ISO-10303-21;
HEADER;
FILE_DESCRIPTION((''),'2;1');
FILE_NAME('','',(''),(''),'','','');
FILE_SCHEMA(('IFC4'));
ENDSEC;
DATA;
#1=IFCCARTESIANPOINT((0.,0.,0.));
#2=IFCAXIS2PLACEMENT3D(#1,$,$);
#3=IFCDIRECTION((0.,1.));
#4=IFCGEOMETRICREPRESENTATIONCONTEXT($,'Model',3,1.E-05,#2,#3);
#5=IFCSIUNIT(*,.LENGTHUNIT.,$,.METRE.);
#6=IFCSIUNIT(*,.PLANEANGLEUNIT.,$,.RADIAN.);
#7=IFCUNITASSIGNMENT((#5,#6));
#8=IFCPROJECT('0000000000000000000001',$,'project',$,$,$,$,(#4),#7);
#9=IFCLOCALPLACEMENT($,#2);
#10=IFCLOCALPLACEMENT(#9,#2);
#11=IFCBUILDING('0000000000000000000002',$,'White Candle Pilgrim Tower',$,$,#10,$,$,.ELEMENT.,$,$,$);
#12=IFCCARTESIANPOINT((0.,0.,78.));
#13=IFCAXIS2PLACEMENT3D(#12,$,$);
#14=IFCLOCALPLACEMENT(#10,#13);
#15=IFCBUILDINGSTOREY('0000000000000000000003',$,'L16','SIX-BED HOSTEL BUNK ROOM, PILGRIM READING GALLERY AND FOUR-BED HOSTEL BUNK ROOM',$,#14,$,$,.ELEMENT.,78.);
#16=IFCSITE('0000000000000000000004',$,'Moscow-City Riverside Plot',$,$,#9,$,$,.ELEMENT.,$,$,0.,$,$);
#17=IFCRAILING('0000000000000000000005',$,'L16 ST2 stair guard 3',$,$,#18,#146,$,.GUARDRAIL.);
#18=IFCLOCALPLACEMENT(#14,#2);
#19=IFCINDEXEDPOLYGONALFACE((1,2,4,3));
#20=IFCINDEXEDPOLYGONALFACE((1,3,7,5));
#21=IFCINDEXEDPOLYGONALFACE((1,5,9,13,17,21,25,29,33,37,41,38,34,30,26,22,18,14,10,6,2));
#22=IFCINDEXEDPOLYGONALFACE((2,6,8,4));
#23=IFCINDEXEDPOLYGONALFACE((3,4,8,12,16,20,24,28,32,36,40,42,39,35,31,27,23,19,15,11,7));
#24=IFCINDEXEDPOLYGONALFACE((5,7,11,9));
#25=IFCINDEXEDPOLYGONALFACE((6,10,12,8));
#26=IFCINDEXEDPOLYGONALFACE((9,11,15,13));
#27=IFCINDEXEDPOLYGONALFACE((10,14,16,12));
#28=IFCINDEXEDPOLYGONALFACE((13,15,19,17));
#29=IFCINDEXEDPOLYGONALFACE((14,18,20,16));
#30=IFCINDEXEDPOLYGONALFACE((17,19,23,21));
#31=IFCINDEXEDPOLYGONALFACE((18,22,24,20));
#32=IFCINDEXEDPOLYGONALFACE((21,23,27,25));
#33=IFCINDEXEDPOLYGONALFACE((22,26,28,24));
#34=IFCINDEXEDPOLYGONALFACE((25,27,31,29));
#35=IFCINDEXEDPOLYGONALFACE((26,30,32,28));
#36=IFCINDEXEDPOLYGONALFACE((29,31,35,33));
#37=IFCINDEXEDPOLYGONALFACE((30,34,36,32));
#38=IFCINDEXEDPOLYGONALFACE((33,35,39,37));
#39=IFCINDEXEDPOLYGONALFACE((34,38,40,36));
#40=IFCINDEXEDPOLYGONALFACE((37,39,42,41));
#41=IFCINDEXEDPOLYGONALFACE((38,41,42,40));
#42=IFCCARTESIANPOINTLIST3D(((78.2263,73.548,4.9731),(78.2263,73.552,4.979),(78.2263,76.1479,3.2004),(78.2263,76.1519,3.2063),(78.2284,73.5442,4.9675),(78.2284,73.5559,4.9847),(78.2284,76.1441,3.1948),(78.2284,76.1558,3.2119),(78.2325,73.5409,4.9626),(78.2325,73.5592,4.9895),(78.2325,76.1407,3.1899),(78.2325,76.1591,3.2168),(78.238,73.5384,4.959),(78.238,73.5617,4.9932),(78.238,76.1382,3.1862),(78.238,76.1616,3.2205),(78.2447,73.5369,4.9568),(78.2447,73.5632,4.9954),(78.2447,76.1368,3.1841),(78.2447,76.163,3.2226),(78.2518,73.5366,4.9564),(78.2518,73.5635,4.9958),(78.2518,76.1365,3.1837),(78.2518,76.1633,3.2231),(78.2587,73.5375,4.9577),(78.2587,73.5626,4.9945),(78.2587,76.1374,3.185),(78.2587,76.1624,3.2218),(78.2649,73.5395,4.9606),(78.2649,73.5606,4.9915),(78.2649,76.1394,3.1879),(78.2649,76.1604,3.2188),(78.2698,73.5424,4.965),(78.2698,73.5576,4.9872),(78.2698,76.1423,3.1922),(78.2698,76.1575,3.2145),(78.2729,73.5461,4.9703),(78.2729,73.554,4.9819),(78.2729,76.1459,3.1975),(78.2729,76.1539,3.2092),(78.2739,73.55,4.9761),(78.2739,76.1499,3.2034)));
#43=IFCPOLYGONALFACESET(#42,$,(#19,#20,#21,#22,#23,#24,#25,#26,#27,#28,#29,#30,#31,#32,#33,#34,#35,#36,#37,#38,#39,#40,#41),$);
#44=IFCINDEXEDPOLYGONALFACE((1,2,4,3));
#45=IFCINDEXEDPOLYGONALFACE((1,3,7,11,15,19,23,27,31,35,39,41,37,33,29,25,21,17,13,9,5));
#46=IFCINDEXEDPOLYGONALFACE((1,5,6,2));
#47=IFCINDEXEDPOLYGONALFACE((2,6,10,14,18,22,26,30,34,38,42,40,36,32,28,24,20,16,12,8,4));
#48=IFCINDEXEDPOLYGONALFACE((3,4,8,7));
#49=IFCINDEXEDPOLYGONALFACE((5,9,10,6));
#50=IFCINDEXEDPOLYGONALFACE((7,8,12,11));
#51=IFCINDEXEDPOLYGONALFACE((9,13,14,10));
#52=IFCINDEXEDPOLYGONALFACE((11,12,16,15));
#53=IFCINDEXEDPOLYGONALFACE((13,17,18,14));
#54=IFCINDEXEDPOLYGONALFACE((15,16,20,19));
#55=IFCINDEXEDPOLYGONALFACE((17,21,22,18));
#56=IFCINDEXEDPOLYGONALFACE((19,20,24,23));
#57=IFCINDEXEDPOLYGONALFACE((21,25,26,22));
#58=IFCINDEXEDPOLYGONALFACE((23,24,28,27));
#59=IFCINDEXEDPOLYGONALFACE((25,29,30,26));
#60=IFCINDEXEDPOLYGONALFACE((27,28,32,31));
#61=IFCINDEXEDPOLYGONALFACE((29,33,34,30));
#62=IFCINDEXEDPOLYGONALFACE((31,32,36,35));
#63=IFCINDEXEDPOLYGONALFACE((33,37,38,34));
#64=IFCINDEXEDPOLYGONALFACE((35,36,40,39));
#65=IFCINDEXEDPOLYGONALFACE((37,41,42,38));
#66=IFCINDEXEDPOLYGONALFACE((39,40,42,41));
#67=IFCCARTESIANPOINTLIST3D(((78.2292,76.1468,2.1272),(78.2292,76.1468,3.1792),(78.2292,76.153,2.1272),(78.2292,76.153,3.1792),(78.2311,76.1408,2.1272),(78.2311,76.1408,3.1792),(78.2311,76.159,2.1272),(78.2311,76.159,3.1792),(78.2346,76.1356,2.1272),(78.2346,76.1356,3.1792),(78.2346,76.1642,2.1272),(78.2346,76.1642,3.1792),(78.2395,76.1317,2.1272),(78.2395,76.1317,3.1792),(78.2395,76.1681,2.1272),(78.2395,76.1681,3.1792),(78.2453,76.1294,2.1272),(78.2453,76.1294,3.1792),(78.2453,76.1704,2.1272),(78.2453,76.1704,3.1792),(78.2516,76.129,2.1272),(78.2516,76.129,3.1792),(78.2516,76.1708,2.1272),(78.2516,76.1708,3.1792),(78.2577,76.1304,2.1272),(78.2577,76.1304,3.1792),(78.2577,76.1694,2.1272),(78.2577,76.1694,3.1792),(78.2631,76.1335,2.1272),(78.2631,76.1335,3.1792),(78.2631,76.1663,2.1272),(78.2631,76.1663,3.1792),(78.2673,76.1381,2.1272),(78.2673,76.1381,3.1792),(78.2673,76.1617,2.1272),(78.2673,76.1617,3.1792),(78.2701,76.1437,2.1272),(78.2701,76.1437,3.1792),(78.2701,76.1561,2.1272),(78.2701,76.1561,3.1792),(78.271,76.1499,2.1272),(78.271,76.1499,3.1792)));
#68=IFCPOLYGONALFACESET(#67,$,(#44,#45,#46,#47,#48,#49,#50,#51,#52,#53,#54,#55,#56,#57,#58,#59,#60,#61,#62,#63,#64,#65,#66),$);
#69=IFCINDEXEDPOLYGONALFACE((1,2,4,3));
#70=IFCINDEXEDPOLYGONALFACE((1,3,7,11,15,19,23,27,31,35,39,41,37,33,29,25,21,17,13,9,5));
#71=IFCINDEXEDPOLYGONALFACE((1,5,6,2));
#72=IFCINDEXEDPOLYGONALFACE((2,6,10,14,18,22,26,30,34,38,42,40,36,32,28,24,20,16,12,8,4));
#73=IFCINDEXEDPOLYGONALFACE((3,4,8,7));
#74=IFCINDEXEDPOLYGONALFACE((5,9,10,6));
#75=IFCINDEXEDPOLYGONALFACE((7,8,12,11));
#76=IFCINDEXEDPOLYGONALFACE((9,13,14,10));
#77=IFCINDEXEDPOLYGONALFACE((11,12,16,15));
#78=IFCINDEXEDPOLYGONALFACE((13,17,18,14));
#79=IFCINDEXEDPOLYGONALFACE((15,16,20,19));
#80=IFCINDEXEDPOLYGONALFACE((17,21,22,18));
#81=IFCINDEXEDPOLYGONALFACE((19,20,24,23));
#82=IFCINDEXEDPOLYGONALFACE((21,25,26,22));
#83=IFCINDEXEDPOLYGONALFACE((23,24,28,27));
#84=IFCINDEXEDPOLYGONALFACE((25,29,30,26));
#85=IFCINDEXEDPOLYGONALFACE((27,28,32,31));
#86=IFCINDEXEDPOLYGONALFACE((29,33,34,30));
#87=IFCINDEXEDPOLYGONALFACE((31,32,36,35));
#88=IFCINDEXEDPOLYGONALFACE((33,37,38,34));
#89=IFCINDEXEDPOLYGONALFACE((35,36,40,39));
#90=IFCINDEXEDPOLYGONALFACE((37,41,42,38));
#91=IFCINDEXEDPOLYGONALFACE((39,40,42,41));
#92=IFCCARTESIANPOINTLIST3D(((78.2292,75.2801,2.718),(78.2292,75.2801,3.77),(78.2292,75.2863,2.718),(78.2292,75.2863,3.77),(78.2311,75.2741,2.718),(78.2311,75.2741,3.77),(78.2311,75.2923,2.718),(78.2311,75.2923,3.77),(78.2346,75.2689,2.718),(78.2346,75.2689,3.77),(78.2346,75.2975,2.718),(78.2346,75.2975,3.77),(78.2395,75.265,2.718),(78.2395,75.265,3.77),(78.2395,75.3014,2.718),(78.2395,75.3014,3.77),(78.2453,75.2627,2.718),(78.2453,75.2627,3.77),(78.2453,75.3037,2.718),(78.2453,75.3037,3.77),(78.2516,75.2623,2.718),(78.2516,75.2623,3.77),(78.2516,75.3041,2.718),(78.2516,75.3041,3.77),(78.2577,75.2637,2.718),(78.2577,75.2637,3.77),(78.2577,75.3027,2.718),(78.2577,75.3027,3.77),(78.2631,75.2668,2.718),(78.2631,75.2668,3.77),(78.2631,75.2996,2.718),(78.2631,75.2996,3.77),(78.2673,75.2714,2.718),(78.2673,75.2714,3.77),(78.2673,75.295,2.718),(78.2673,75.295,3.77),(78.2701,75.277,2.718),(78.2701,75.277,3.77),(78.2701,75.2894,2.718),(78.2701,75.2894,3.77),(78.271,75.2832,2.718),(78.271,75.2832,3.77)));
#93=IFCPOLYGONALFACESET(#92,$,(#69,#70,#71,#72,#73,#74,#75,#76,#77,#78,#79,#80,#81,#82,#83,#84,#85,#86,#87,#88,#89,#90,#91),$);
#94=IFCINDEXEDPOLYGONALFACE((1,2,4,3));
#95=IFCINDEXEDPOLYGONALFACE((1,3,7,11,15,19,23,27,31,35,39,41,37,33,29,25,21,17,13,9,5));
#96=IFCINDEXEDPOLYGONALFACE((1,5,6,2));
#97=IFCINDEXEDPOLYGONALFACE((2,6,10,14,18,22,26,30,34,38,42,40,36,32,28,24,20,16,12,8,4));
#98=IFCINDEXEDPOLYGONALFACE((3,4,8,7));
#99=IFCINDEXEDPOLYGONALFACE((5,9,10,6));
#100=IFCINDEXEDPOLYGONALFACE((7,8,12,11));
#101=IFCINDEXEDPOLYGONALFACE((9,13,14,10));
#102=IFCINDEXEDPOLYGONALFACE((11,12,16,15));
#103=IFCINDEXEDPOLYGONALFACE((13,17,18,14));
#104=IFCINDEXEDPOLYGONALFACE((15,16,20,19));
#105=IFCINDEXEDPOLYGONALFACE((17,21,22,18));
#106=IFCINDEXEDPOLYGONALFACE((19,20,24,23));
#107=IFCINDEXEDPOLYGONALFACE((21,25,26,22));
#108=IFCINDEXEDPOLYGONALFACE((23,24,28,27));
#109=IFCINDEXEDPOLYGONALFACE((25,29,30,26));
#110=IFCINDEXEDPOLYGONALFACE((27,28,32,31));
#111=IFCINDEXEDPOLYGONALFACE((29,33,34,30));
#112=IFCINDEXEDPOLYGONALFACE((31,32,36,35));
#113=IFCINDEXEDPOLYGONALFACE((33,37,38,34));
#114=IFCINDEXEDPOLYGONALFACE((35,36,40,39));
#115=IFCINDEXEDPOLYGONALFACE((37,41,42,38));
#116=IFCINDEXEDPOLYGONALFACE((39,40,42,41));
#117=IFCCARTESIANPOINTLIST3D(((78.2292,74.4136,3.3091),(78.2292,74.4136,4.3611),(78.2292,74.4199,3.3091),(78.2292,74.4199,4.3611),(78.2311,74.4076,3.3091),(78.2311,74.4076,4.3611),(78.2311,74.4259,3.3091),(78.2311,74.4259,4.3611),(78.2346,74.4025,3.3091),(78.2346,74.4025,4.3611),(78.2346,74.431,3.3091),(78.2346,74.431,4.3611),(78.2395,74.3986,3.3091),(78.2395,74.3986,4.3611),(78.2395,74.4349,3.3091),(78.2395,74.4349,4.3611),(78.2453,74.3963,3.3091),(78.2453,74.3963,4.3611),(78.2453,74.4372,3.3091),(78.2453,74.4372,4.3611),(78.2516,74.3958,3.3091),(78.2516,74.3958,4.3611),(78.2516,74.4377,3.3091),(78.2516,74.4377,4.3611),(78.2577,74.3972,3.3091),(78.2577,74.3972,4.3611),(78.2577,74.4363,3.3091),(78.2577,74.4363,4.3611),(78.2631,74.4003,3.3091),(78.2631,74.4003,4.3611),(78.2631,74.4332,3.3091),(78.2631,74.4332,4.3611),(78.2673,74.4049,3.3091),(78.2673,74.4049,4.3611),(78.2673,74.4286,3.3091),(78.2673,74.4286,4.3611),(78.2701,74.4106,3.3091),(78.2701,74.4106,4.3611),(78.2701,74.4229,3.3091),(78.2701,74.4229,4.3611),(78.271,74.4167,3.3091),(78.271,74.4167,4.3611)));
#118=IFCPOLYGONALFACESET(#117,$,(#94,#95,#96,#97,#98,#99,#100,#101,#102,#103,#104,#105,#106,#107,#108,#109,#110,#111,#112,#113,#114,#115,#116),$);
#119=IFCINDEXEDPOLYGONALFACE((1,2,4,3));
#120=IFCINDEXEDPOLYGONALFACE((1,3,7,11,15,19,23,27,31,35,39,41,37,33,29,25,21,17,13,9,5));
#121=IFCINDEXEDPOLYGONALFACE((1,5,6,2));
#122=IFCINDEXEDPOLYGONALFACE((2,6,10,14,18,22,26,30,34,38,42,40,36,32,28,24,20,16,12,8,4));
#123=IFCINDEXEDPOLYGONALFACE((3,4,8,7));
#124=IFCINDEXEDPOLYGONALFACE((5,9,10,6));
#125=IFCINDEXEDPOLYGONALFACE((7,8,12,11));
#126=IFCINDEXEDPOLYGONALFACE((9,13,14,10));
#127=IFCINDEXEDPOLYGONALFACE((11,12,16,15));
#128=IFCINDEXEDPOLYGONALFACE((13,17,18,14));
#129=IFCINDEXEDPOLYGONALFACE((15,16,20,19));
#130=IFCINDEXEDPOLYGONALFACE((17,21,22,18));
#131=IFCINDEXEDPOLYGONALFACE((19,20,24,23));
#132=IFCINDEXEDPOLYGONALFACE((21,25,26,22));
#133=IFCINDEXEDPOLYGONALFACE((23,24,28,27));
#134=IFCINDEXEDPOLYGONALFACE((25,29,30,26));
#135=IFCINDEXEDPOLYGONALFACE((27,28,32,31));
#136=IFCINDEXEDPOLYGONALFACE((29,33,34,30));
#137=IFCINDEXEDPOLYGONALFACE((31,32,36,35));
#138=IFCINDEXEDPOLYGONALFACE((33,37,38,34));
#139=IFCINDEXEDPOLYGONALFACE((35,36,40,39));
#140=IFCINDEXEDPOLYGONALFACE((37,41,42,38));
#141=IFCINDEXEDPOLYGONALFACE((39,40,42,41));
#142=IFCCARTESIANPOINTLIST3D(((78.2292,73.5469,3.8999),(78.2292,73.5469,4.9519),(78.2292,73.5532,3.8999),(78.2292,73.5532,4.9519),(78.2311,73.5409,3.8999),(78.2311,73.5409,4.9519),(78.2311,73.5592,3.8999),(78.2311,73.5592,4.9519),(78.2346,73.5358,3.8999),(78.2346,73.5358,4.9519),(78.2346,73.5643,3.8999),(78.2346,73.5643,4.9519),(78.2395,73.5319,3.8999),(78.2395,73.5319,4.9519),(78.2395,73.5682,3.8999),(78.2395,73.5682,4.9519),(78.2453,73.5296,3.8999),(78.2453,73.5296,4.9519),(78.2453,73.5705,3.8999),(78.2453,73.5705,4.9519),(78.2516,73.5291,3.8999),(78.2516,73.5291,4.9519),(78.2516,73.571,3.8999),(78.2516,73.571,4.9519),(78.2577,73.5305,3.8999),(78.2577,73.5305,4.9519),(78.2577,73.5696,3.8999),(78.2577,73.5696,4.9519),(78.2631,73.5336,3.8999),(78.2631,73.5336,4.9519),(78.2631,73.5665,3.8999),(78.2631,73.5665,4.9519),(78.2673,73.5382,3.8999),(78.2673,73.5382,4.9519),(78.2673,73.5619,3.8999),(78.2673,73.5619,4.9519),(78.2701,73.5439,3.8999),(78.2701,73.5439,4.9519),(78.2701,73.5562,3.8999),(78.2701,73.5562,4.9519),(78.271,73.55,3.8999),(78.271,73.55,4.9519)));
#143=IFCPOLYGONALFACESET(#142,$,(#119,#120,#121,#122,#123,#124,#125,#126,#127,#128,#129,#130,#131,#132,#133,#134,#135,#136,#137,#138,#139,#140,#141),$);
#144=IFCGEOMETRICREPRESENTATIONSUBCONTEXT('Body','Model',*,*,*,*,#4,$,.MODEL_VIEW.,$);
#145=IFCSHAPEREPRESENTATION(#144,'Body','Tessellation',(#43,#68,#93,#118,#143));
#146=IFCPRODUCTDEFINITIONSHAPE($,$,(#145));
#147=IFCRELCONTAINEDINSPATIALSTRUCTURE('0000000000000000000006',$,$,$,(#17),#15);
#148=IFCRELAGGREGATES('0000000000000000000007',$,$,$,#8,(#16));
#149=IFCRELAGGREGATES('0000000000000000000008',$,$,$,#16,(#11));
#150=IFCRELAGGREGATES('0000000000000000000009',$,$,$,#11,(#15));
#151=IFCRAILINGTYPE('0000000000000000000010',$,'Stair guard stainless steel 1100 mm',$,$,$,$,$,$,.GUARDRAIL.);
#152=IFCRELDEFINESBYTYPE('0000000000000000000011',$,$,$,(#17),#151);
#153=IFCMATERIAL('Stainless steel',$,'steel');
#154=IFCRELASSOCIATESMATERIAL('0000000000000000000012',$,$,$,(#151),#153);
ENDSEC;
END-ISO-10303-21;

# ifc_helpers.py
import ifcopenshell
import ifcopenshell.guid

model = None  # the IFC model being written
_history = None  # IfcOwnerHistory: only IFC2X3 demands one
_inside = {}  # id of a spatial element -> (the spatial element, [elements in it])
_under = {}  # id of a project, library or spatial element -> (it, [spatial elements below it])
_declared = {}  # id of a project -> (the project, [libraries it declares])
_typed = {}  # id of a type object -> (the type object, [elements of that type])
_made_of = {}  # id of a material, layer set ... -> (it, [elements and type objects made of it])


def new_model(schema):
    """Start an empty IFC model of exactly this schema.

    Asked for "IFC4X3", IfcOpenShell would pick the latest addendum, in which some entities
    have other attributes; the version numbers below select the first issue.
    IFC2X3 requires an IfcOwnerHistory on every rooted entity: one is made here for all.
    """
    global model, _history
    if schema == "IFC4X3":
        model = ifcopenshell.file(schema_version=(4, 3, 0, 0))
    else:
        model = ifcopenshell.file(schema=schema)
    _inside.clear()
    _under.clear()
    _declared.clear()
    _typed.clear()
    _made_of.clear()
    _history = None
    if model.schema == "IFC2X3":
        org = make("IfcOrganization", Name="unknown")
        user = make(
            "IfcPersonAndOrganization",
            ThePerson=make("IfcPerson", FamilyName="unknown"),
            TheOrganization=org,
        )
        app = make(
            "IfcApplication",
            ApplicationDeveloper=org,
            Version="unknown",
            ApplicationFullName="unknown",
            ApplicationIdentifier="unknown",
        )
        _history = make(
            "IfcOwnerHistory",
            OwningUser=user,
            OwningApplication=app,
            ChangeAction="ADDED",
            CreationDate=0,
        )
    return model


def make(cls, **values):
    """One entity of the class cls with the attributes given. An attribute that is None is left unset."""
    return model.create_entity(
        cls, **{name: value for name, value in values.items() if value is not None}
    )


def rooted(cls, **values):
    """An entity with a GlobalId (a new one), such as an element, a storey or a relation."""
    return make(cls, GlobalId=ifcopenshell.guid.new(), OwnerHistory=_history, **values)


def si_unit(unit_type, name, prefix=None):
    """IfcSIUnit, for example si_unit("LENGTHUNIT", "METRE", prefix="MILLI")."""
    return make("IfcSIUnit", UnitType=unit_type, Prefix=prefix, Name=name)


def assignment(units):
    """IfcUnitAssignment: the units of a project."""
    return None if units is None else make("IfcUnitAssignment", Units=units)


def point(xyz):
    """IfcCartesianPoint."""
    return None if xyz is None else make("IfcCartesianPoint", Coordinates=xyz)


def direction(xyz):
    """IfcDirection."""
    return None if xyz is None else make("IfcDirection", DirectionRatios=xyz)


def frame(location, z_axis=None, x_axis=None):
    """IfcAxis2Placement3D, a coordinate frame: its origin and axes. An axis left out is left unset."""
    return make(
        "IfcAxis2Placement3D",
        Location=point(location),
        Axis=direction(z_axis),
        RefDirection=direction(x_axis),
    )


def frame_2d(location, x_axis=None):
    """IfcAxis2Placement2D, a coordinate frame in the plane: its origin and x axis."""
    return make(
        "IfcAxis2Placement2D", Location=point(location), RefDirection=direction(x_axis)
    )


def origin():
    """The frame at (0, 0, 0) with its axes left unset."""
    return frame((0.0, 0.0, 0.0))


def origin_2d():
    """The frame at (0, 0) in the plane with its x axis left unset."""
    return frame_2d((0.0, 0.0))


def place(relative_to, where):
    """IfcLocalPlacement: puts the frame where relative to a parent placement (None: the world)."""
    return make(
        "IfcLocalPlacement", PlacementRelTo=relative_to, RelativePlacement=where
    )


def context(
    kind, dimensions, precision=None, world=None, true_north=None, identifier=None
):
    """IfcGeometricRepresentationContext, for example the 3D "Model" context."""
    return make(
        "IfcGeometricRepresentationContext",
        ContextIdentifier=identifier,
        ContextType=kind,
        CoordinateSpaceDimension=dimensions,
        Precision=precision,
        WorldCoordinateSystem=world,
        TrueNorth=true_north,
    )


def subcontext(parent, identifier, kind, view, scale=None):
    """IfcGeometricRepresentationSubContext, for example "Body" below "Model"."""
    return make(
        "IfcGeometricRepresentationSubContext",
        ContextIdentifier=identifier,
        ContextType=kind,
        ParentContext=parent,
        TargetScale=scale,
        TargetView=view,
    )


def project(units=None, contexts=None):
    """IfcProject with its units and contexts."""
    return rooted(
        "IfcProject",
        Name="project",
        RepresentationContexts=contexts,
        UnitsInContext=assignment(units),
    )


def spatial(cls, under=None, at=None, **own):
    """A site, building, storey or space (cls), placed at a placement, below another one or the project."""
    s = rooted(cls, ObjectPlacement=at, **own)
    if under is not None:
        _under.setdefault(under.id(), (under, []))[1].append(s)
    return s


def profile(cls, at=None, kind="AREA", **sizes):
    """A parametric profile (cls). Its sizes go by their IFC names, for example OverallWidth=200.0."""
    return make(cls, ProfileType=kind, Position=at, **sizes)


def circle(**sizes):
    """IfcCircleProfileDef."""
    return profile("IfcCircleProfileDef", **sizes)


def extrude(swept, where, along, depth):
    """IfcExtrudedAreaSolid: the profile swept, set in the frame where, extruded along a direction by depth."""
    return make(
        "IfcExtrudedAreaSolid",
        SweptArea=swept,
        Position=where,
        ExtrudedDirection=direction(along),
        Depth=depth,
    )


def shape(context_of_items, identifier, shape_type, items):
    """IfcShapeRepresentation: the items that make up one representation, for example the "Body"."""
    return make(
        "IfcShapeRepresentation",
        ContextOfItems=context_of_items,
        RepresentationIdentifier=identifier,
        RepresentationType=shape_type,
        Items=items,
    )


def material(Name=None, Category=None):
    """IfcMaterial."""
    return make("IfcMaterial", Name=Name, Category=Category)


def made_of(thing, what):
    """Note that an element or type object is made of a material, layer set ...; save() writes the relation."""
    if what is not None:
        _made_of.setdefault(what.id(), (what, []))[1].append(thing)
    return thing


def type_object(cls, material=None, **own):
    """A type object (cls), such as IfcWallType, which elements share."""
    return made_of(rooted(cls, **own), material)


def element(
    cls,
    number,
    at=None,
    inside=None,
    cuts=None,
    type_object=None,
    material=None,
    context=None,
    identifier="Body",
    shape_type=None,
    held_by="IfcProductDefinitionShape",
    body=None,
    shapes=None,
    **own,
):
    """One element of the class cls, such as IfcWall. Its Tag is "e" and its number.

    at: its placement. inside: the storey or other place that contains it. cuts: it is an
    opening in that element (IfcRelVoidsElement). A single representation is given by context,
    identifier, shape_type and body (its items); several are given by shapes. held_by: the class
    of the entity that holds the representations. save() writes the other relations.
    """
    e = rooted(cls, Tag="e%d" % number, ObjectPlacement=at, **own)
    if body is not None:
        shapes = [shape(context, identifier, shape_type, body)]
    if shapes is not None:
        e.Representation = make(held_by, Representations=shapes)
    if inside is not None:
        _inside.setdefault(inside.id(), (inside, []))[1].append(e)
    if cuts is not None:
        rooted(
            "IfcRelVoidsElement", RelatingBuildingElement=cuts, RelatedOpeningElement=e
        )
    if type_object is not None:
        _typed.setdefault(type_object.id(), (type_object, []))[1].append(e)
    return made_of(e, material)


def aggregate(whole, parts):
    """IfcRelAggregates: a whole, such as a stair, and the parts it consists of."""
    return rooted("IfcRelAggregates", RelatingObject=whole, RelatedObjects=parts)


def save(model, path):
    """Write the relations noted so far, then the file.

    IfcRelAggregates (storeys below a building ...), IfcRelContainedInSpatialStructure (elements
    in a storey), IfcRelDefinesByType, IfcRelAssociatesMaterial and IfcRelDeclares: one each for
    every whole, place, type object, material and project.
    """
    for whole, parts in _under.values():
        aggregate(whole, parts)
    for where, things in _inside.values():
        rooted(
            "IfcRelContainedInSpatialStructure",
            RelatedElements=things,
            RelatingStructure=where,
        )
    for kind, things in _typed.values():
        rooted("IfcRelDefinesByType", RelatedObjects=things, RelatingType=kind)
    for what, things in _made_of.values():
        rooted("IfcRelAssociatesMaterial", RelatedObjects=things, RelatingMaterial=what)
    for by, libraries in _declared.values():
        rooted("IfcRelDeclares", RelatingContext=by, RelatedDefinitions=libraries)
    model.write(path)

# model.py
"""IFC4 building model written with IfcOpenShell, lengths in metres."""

from ifc_helpers import new_model, si_unit, direction, frame, origin, origin_2d, place, context, subcontext, project, spatial, circle, extrude, material, type_object, element, save


model = new_model("IFC4")

# Units and contexts
model_context = context("Model", 3, precision=1e-05, world=origin(), true_north=direction((0.0, 1.0)))
body_context = subcontext(model_context, "Body", "Model", "MODEL_VIEW")
ifc_project = project(units=[si_unit("LENGTHUNIT", "METRE"), si_unit("PLANEANGLEUNIT", "RADIAN")], contexts=[model_context])

# Site, building, storey
site_placement = place(None, origin())
site = spatial("IfcSite", under=ifc_project, at=site_placement, Name="Moscow-City Riverside Plot", CompositionType="ELEMENT", RefElevation=0.0)
building_placement = place(site_placement, origin())
building = spatial("IfcBuilding", under=site, at=building_placement, Name="White Candle Pilgrim Tower", CompositionType="ELEMENT")
storey_placement = place(building_placement, frame((0.0, 0.0, 78.0)))
storey = spatial("IfcBuildingStorey", under=building, at=storey_placement, Name="L16", Description="SIX-BED HOSTEL BUNK ROOM, PILGRIM READING GALLERY AND FOUR-BED HOSTEL BUNK ROOM", CompositionType="ELEMENT", Elevation=78.0)

# Railing
ifc_material_1 = material(Name="Stainless steel", Category="steel")
railing_type = type_object("IfcRailingType", Name="Stair guard stainless steel 1100 mm", PredefinedType="GUARDRAIL", material=ifc_material_1)
railing_1_placement = place(storey_placement, frame((78.25, 76.1499, 2.1272)))
element("IfcRailing", 1, at=railing_1_placement, inside=storey, type_object=railing_type, Name="L16 ST2 stair guard 3", PredefinedType="GUARDRAIL", context=body_context, shape_type="SweptSolid", body=[
    extrude(circle(Radius=0.0239, at=origin_2d()), frame((0.0, 0.0, 1.0762), z_axis=(0.0, -0.826216, 0.563354), x_axis=(1.0, 0.0, 0.0)), (0.0, 0.0, 1.0), 3.1467),
    extrude(circle(Radius=0.021, at=origin_2d()), origin(), (0.0, 0.0, 1.0), 1.052),
    extrude(circle(Radius=0.021, at=origin_2d()), frame((0.0, -0.8667, 0.5908)), (0.0, 0.0, 1.0), 1.052),
    extrude(circle(Radius=0.021, at=origin_2d()), frame((0.0, -1.7332, 1.1819)), (0.0, 0.0, 1.0), 1.052),
    extrude(circle(Radius=0.021, at=origin_2d()), frame((0.0, -2.5999, 1.7727)), (0.0, 0.0, 1.0), 1.052),
])

save(model, "model.ifc")
